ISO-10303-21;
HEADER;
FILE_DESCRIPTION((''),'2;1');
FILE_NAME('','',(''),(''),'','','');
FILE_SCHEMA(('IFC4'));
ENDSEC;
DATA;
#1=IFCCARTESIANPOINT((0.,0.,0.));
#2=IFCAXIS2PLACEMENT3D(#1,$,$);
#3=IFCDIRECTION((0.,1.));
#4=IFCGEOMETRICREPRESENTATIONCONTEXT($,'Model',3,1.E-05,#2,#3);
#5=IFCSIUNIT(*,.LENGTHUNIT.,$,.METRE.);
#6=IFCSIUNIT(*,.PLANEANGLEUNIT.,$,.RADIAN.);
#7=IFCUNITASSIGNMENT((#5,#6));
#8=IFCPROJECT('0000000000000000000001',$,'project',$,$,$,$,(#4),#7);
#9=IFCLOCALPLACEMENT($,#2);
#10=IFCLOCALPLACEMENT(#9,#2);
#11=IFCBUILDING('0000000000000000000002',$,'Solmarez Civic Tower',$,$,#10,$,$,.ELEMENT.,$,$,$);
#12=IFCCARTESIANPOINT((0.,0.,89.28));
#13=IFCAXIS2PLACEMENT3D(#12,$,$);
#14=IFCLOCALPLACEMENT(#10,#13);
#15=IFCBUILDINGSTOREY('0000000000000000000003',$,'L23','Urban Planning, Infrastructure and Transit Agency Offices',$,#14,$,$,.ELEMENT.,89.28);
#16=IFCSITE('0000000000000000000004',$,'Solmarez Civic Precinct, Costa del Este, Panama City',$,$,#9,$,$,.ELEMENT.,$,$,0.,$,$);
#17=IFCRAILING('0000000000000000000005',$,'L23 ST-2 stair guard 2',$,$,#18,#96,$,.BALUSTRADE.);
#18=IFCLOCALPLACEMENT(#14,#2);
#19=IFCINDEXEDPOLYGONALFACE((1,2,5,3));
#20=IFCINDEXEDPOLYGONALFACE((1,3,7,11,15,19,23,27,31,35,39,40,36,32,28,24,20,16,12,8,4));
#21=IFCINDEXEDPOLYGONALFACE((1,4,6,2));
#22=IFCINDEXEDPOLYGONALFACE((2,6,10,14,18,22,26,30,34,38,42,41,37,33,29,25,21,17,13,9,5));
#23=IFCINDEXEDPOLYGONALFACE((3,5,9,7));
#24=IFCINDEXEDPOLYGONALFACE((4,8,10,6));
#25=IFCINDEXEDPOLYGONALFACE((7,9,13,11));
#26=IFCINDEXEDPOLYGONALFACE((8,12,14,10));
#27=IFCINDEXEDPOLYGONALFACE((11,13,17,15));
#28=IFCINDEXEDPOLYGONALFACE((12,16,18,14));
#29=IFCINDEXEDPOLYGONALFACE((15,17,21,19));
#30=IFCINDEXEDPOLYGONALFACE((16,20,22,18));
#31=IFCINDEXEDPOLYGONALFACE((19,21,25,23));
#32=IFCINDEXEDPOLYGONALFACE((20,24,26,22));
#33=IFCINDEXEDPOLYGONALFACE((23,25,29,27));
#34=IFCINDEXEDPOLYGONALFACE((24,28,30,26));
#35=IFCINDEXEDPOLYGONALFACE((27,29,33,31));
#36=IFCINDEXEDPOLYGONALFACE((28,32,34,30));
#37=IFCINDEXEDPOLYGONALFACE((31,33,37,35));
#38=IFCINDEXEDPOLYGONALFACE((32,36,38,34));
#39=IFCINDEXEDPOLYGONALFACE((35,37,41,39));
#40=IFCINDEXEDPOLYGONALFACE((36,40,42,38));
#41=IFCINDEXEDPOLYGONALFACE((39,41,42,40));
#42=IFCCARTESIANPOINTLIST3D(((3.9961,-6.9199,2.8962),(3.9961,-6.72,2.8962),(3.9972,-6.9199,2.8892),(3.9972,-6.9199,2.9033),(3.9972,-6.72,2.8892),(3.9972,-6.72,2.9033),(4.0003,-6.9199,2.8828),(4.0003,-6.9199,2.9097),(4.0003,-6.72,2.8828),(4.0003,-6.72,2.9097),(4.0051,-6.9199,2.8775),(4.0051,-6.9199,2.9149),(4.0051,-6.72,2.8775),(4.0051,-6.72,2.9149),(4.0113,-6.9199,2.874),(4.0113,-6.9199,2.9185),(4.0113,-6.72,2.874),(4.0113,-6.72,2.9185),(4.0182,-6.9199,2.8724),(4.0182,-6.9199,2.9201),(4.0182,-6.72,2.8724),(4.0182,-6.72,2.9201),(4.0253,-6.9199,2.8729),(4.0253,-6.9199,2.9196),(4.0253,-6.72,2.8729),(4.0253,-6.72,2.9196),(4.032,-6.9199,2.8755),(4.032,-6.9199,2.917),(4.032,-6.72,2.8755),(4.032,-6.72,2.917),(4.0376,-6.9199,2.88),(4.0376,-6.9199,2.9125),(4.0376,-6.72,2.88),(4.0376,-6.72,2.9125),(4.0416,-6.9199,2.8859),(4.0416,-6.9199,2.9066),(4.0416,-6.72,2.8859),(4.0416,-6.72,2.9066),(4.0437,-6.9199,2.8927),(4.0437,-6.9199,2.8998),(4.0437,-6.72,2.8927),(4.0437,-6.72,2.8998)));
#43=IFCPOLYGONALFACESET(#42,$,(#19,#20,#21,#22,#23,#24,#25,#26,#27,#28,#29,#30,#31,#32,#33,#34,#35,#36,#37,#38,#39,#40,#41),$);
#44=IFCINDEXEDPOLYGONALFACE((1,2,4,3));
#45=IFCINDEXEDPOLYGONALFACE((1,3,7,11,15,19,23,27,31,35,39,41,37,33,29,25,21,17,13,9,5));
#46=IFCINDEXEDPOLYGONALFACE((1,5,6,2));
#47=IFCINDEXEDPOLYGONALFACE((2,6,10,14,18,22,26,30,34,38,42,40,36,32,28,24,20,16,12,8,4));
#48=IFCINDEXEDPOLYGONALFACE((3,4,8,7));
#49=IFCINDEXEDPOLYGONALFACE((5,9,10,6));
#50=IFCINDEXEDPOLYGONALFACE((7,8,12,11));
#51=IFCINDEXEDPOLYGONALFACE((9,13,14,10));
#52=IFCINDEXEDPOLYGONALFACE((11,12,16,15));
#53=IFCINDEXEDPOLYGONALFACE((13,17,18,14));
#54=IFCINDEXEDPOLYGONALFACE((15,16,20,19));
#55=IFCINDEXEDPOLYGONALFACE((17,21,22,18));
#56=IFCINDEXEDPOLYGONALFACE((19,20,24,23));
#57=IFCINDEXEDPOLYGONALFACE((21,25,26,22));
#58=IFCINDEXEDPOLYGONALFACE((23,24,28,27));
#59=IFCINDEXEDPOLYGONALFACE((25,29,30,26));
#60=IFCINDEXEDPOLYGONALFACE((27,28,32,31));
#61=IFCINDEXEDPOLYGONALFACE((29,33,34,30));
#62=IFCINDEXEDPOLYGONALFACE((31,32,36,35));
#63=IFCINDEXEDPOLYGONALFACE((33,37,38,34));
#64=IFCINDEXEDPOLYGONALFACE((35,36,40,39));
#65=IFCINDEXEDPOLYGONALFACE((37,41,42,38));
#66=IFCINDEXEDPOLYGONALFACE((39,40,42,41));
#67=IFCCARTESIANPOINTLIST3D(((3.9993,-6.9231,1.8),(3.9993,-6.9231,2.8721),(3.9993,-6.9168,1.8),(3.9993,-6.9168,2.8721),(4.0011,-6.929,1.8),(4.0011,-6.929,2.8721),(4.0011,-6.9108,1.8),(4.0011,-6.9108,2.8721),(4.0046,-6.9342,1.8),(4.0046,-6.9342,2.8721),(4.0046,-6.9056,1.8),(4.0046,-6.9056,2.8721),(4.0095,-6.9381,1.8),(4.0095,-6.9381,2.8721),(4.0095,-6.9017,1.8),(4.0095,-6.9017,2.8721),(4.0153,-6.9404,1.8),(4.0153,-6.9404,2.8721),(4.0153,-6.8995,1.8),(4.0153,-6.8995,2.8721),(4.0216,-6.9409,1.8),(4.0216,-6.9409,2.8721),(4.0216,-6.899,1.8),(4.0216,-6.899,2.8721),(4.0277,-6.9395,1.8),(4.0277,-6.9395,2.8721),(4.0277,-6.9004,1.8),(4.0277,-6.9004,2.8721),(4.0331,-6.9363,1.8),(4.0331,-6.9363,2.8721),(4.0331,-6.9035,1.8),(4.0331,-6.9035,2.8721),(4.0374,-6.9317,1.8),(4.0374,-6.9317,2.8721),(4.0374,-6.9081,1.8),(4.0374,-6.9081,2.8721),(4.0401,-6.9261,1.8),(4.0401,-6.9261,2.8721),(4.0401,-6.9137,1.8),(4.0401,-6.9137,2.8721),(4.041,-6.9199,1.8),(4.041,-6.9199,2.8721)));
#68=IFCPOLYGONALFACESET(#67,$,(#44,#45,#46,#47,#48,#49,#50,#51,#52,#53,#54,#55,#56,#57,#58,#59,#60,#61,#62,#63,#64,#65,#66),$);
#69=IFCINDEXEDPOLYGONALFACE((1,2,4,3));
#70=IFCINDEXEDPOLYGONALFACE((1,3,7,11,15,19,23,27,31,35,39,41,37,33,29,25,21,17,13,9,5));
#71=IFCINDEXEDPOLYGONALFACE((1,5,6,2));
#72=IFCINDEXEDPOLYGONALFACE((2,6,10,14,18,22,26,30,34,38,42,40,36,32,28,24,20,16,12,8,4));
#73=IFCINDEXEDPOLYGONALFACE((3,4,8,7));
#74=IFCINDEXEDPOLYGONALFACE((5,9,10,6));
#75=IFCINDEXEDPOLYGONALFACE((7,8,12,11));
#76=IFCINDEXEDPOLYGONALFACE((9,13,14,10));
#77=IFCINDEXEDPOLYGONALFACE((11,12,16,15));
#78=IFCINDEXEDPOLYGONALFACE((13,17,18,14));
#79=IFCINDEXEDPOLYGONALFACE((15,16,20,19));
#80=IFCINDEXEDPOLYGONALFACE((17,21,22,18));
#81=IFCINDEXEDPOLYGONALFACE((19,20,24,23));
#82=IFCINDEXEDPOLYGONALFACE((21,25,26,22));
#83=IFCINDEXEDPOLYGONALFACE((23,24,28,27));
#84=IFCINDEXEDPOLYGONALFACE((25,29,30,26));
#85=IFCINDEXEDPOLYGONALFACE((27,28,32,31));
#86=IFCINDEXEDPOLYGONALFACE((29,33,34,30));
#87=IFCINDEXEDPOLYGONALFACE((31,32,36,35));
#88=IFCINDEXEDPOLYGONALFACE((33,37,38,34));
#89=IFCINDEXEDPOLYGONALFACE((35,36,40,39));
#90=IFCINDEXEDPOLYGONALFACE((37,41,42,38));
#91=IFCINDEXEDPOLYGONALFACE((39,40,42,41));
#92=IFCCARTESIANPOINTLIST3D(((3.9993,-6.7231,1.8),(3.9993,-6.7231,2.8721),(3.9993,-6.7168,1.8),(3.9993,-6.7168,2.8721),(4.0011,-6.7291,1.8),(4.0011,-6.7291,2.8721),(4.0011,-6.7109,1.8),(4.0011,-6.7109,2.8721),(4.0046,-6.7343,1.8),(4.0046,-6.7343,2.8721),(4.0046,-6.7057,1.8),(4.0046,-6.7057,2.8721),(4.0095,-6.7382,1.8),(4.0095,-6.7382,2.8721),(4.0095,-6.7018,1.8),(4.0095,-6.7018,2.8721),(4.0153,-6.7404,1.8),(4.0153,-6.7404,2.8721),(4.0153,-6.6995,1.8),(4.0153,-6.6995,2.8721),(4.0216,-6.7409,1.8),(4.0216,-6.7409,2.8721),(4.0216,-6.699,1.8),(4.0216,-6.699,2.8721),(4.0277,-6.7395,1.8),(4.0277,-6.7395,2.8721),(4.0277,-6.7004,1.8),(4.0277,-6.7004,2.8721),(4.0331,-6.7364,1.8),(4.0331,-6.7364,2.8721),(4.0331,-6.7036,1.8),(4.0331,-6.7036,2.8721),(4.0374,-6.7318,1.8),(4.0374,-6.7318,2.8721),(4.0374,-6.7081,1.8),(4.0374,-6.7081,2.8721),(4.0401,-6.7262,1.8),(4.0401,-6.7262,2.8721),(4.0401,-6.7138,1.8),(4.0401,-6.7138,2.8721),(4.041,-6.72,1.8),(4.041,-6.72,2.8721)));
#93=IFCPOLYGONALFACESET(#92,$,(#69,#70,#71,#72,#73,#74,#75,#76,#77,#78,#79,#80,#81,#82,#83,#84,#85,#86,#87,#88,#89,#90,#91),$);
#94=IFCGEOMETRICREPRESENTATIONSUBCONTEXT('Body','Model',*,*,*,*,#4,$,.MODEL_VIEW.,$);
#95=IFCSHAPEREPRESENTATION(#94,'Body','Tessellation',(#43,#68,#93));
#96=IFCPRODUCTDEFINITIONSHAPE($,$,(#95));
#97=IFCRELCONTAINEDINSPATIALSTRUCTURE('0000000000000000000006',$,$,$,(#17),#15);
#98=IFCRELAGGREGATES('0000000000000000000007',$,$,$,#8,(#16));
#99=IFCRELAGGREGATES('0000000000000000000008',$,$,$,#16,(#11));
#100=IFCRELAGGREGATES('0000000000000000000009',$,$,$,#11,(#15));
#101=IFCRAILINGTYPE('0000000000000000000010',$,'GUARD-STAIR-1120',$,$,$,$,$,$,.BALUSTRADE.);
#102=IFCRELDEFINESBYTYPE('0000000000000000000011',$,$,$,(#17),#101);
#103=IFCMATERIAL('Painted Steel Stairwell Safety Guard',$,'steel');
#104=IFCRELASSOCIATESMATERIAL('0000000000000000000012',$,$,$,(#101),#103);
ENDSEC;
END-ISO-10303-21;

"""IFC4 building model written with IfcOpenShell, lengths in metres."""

from ifc_helpers import new_model, si_unit, direction, frame, origin, origin_2d, place, context, subcontext, project, spatial, circle, extrude, material, type_object, element, save


model = new_model("IFC4")

# Units and contexts
model_context = context("Model", 3, precision=1e-05, world=origin(), true_north=direction((0.0, 1.0)))
body_context = subcontext(model_context, "Body", "Model", "MODEL_VIEW")
ifc_project = project(units=[si_unit("LENGTHUNIT", "METRE"), si_unit("PLANEANGLEUNIT", "RADIAN")], contexts=[model_context])

# Site, building, storey
site_placement = place(None, origin())
site = spatial("IfcSite", under=ifc_project, at=site_placement, Name="Solmarez Civic Precinct, Costa del Este, Panama City", CompositionType="ELEMENT", RefElevation=0.0)
building_placement = place(site_placement, origin())
building = spatial("IfcBuilding", under=site, at=building_placement, Name="Solmarez Civic Tower", CompositionType="ELEMENT")
storey_placement = place(building_placement, frame((0.0, 0.0, 89.28)))
storey = spatial("IfcBuildingStorey", under=building, at=storey_placement, Name="L23", Description="Urban Planning, Infrastructure and Transit Agency Offices", CompositionType="ELEMENT", Elevation=89.28)

# Railing
ifc_material_1 = material(Name="Painted Steel Stairwell Safety Guard", Category="steel")
railing_type_1 = type_object("IfcRailingType", Name="GUARD-STAIR-1120", PredefinedType="BALUSTRADE", material=ifc_material_1)
railing_1_placement = place(storey_placement, frame((4.02, -6.9199, 1.8)))
element("IfcRailing", 1, at=railing_1_placement, inside=storey, type_object=railing_type_1, Name="L23 ST-2 stair guard 2", PredefinedType="BALUSTRADE", context=body_context, shape_type="SweptSolid", body=[
    extrude(circle(Radius=0.0239, at=origin_2d()), frame((0.0, 0.0, 1.0962), z_axis=(0.0, 1.0, 0.0), x_axis=(-1.0, 0.0, 0.0)), (0.0, 0.0, 1.0), 0.2),
    extrude(circle(Radius=0.021, at=origin_2d()), origin(), (0.0, 0.0, 1.0), 1.072),
    extrude(circle(Radius=0.021, at=origin_2d()), frame((0.0, 0.2, 0.0)), (0.0, 0.0, 1.0), 1.072),
])

save(model, "model.ifc")
